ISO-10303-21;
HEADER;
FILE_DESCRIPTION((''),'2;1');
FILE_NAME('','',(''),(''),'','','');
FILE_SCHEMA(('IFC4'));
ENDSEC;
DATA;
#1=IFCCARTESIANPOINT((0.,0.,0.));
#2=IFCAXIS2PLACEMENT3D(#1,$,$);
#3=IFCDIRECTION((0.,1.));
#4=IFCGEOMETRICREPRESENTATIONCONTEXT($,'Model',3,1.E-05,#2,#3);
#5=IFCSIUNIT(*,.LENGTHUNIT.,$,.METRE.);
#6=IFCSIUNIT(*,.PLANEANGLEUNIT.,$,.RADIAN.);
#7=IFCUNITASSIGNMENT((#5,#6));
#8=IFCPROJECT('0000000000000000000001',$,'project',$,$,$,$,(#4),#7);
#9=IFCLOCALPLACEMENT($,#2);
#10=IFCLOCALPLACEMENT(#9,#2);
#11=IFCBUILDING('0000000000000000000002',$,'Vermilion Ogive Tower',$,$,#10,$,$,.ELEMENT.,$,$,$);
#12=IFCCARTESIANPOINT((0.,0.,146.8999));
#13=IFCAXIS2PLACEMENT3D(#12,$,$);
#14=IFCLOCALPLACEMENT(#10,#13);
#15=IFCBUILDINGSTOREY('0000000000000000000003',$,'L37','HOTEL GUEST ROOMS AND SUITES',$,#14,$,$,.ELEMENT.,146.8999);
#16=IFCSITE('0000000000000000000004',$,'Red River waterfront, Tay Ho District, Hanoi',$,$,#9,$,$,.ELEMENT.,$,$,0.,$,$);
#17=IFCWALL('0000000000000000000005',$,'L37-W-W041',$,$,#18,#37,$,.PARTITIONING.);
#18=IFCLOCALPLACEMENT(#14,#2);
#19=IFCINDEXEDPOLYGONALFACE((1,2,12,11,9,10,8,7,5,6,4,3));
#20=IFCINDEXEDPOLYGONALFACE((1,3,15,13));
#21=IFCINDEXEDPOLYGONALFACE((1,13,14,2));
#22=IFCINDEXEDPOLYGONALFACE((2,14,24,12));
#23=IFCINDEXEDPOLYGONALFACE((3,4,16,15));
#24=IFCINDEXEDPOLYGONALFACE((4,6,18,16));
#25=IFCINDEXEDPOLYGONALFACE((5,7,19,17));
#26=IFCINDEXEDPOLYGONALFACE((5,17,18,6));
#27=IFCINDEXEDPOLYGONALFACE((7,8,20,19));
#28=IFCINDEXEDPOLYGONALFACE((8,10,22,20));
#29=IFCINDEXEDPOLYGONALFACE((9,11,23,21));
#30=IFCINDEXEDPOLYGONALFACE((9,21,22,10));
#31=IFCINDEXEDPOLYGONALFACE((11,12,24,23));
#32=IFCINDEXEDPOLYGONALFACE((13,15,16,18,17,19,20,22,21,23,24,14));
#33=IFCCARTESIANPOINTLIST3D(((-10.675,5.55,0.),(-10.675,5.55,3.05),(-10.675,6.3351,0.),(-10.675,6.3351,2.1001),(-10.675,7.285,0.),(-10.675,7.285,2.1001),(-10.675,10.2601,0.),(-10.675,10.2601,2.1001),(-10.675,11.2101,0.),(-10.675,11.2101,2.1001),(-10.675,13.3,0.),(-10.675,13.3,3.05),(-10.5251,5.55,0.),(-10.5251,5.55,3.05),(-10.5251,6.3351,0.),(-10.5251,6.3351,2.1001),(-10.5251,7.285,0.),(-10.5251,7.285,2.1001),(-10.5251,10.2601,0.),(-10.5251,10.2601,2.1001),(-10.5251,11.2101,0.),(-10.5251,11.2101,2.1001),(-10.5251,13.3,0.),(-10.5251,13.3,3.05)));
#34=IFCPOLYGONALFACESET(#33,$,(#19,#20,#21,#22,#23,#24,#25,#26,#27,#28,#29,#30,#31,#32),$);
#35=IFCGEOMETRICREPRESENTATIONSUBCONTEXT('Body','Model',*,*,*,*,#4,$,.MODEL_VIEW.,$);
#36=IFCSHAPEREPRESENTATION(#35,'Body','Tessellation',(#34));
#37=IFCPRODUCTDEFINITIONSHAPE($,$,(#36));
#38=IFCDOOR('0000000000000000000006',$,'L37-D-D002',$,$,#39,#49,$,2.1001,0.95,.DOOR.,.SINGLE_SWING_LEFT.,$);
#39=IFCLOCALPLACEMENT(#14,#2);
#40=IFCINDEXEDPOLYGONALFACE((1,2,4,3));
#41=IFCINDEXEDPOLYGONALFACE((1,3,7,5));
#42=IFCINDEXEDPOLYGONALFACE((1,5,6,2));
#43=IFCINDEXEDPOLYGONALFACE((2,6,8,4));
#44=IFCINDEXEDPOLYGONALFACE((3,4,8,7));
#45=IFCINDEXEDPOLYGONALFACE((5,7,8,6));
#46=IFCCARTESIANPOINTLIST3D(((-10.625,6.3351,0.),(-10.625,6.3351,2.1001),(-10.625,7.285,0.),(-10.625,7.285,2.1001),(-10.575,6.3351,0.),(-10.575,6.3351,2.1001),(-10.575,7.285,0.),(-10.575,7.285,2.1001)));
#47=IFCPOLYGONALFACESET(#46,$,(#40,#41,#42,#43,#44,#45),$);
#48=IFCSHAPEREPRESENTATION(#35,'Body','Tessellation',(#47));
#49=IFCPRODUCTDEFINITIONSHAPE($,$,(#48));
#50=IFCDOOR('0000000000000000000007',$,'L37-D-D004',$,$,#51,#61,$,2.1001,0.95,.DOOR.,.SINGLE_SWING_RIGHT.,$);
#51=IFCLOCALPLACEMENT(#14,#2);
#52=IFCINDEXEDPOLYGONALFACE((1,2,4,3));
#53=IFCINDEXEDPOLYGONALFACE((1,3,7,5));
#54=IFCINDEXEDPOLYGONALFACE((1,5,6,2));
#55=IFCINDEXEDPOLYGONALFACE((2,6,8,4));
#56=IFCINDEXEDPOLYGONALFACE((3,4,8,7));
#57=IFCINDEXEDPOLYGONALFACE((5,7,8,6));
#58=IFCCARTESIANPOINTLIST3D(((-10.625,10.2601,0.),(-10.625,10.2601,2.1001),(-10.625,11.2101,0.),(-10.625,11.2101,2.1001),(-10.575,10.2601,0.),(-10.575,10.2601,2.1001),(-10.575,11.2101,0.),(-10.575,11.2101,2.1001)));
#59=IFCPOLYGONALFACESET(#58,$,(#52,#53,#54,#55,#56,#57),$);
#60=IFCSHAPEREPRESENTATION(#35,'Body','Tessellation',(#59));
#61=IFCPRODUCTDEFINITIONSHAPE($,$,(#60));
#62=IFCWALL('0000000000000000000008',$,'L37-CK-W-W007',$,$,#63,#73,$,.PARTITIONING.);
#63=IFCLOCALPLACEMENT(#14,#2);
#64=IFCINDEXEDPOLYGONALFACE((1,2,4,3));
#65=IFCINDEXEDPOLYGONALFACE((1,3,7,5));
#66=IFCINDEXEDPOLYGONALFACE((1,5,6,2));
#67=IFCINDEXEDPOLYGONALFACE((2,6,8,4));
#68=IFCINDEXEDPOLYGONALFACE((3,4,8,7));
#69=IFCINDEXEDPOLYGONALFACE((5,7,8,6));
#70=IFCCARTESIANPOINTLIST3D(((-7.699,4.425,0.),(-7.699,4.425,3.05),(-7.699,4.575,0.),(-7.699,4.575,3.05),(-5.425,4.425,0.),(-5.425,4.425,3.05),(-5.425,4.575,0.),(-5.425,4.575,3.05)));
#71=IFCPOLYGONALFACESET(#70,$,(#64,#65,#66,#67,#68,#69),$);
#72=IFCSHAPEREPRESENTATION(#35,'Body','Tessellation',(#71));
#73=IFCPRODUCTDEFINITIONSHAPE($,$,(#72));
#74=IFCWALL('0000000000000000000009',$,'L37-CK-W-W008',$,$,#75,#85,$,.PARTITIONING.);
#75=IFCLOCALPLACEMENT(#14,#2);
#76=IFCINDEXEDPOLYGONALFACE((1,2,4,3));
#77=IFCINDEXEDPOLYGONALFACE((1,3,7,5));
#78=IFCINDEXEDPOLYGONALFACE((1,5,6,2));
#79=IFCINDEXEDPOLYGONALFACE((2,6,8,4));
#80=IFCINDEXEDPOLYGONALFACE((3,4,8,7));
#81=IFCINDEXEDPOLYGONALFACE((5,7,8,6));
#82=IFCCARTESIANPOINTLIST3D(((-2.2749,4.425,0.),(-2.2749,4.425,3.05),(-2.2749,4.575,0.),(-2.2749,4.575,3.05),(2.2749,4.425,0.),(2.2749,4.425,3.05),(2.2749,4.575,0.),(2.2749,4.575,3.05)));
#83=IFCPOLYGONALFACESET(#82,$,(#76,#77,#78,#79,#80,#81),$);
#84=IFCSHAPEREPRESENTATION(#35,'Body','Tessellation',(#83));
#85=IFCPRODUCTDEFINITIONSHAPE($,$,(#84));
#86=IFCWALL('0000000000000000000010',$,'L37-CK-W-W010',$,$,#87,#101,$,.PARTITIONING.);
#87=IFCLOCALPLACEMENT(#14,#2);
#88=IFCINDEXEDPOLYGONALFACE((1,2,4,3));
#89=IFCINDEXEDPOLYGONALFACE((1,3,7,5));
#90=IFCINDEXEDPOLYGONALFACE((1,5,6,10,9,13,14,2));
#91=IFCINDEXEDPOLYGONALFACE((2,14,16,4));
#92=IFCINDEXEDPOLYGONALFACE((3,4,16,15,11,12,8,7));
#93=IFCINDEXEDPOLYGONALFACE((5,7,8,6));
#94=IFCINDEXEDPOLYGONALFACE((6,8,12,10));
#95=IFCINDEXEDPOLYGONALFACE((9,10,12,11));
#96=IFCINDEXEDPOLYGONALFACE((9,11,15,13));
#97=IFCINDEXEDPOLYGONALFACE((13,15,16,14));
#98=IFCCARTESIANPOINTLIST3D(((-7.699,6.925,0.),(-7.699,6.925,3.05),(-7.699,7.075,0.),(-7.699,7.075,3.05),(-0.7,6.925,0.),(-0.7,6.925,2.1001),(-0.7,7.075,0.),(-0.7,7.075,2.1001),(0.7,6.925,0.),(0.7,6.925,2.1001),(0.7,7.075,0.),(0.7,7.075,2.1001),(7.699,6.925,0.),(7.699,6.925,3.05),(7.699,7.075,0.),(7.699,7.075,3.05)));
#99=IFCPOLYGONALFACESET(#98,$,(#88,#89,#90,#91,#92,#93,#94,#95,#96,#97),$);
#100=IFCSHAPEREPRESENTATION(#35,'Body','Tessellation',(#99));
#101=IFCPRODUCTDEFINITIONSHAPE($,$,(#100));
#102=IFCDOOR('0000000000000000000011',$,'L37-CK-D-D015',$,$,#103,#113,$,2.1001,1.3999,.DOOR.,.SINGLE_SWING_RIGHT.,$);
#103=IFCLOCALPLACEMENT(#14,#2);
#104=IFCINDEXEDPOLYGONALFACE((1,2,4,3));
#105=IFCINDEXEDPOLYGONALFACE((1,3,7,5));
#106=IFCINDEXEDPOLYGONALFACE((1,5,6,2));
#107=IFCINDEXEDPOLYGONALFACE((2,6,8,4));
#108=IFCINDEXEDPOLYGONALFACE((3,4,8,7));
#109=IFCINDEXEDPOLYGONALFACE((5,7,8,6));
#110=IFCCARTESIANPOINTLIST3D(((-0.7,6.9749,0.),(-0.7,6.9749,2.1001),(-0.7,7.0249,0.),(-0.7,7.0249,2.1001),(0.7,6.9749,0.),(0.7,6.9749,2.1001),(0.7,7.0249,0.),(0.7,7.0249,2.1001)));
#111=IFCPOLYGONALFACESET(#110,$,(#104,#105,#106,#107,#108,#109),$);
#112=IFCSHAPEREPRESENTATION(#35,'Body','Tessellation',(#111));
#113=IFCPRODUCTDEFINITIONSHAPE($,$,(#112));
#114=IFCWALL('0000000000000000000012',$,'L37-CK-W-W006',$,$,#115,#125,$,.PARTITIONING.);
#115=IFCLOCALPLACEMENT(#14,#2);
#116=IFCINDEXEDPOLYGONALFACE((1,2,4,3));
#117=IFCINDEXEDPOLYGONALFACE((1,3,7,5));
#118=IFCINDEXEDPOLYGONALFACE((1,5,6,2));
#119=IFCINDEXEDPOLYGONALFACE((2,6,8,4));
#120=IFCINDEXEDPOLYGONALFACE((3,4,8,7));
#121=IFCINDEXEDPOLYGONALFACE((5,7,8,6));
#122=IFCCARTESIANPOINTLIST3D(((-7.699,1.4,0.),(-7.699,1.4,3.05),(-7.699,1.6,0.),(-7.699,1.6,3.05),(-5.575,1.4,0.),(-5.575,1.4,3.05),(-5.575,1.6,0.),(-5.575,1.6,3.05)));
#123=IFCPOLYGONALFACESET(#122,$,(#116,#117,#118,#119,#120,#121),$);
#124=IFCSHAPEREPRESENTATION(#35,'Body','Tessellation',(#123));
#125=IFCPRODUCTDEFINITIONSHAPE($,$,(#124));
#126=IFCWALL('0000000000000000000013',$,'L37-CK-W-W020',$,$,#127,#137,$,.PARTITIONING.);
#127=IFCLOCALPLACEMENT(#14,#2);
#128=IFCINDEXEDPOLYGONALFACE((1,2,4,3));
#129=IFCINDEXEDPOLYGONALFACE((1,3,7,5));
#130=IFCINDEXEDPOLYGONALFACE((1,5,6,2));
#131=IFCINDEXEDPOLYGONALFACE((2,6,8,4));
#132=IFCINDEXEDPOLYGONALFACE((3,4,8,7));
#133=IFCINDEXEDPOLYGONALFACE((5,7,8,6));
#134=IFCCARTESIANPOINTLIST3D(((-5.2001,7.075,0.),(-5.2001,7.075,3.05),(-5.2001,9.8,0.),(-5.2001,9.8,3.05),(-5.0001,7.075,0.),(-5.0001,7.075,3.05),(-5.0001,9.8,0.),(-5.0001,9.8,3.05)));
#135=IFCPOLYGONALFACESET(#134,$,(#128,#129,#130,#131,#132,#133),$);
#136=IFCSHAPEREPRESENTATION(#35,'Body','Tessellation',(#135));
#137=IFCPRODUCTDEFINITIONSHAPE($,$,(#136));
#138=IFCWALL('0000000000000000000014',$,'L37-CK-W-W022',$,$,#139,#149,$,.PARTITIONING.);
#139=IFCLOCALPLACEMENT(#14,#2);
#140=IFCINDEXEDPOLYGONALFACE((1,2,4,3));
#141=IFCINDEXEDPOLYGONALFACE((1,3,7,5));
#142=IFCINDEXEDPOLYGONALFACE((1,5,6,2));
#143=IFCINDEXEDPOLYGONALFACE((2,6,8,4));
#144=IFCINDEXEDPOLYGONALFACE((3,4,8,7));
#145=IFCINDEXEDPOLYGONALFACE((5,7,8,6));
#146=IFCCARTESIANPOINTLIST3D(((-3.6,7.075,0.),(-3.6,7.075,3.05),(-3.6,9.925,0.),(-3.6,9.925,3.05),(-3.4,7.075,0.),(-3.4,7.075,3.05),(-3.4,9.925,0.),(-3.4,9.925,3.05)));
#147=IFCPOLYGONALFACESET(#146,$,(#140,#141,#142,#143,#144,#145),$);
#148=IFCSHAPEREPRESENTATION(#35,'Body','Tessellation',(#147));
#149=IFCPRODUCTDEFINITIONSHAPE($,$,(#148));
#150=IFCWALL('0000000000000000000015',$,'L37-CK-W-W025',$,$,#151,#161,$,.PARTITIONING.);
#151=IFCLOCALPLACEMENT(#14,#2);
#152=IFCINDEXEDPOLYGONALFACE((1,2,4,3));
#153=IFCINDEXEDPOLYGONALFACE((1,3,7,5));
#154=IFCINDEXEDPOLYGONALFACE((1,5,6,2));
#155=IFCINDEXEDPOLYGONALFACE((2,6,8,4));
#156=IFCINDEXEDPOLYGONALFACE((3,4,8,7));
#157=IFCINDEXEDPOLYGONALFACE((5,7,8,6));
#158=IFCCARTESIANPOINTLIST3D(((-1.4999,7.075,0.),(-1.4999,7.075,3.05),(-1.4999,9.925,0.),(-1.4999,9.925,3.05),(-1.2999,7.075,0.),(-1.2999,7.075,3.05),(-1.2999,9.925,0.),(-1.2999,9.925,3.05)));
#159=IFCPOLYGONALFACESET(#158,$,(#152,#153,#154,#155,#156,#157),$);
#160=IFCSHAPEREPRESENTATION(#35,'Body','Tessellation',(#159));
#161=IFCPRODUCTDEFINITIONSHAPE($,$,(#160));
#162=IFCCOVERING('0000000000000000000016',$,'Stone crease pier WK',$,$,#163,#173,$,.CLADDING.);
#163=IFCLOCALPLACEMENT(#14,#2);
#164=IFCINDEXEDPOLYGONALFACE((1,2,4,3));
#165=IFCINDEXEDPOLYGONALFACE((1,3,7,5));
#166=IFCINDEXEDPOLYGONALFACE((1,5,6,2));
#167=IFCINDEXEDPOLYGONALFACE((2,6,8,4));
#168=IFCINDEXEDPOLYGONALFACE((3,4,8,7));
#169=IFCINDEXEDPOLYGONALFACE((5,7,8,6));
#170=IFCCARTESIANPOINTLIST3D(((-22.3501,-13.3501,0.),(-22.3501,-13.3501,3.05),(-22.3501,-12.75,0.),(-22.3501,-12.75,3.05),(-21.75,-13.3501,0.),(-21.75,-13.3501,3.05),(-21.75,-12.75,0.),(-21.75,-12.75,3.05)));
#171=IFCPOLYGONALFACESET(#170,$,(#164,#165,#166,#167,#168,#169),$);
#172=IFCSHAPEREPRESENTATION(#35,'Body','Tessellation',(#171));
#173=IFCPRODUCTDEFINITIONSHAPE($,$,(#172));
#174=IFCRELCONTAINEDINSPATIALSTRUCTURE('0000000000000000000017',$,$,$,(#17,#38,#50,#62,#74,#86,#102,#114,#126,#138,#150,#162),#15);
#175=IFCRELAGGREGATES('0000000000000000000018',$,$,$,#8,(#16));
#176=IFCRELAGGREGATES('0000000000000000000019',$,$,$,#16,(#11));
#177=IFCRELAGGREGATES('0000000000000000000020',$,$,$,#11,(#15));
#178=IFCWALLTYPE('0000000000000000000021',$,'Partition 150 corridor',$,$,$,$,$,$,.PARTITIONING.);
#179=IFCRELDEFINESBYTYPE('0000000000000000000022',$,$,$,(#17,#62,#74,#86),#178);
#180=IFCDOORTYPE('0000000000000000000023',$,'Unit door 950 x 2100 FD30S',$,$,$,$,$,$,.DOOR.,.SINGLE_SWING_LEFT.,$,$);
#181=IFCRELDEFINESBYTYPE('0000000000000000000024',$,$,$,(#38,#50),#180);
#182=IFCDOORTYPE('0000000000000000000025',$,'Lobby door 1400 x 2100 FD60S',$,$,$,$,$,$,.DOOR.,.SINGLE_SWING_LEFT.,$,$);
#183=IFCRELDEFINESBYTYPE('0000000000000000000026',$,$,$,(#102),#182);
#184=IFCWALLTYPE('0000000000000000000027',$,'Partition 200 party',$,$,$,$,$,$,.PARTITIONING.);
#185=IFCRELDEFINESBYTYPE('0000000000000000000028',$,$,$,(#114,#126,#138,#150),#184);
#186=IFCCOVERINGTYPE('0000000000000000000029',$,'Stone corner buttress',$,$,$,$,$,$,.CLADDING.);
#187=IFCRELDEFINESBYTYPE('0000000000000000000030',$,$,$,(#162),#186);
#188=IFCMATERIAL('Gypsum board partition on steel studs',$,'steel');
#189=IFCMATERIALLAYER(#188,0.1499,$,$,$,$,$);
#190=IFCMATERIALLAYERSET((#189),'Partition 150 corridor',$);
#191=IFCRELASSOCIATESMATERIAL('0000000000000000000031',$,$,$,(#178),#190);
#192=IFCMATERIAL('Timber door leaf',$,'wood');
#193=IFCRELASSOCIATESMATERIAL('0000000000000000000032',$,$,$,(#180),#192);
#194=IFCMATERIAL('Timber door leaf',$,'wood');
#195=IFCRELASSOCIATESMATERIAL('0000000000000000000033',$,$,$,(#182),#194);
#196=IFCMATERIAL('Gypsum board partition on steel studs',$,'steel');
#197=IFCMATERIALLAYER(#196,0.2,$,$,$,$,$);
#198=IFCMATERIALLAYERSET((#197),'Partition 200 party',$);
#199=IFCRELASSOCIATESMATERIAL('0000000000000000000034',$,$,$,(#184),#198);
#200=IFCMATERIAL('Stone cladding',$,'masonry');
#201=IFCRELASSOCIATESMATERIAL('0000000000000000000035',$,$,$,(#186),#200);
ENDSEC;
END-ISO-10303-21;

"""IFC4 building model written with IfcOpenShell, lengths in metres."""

from ifc_helpers import new_model, si_unit, direction, frame, frame_2d, origin, place, context, subcontext, project, spatial, polyline, rectangle, outline, extrude, material, layer, layer_set, type_object, element, fill, save


model = new_model("IFC4")

# Units and contexts
model_context = context("Model", 3, precision=1e-05, world=origin(), true_north=direction((0.0, 1.0)))
body_context = subcontext(model_context, "Body", "Model", "MODEL_VIEW")
ifc_project = project(units=[si_unit("LENGTHUNIT", "METRE"), si_unit("PLANEANGLEUNIT", "RADIAN")], contexts=[model_context])

# Site, building, storey
site_placement = place(None, origin())
site = spatial("IfcSite", under=ifc_project, at=site_placement, Name="Red River waterfront, Tay Ho District, Hanoi", CompositionType="ELEMENT", RefElevation=0.0)
building_placement = place(site_placement, origin())
building = spatial("IfcBuilding", under=site, at=building_placement, Name="Vermilion Ogive Tower", CompositionType="ELEMENT")
storey_placement = place(building_placement, frame((0.0, 0.0, 146.8999)))
storey = spatial("IfcBuildingStorey", under=building, at=storey_placement, Name="L37", Description="HOTEL GUEST ROOMS AND SUITES", CompositionType="ELEMENT", Elevation=146.8999)

# Wall, openings, doors
ifc_material_1 = material(Name="Gypsum board partition on steel studs", Category="steel")
ifc_layer_1 = layer(ifc_material_1, 0.1499)
ifc_layer_set_1 = layer_set([ifc_layer_1], Name="Partition 150 corridor")
wall_type_1 = type_object("IfcWallType", Name="Partition 150 corridor", PredefinedType="PARTITIONING", material=ifc_layer_set_1)
wall_1_placement = place(storey_placement, frame((-10.6001, 5.55, 0.0), z_axis=(0.0, 0.0, 1.0), x_axis=(0.0, 1.0, 0.0)))
wall_1 = element("IfcWall", 1, at=wall_1_placement, inside=storey, type_object=wall_type_1, Name="L37-W-W041", PredefinedType="PARTITIONING", context=body_context, shape_type="SweptSolid", body=[
    extrude(rectangle(XDim=7.75, YDim=0.1499, at=frame_2d((3.875, 0.0))), origin(), (0.0, 0.0, 1.0), 3.05),
])
opening_1_placement = place(wall_1_placement, frame((0.7849, 0.0, 0.0)))
opening_1 = element("IfcOpeningElement", 2, at=opening_1_placement, cuts=wall_1, PredefinedType="OPENING", context=body_context, shape_type="SweptSolid", body=[
    extrude(rectangle(XDim=0.95, YDim=2.1001, at=frame_2d((0.4751, 1.05))), frame((0.0, 0.085, 0.0), z_axis=(0.0, -1.0, 0.0), x_axis=(1.0, 0.0, 0.0)), (0.0, 0.0, 1.0), 0.1699),
])
opening_2_placement = place(wall_1_placement, frame((4.71, 0.0, 0.0)))
opening_2 = element("IfcOpeningElement", 3, at=opening_2_placement, cuts=wall_1, PredefinedType="OPENING", context=body_context, shape_type="SweptSolid", body=[
    extrude(rectangle(XDim=0.95, YDim=2.1001, at=frame_2d((0.4751, 1.05))), frame((0.0, 0.085, 0.0), z_axis=(0.0, -1.0, 0.0), x_axis=(1.0, 0.0, 0.0)), (0.0, 0.0, 1.0), 0.1699),
])
ifc_material_2 = material(Name="Timber door leaf", Category="wood")
door_type_1 = type_object("IfcDoorType", Name="Unit door 950 x 2100 FD30S", OperationType="SINGLE_SWING_LEFT", PredefinedType="DOOR", material=ifc_material_2)
door_1_placement = place(opening_1_placement, origin())
door_1 = element("IfcDoor", 4, at=door_1_placement, inside=storey, type_object=door_type_1, Name="L37-D-D002", OperationType="SINGLE_SWING_LEFT", OverallHeight=2.1001, OverallWidth=0.95, PredefinedType="DOOR", context=body_context, shape_type="SweptSolid", body=[
    extrude(rectangle(XDim=0.95, YDim=2.1001, at=frame_2d((0.4751, 1.05))), frame((0.0, 0.0249, 0.0), z_axis=(0.0, -1.0, 0.0), x_axis=(1.0, 0.0, 0.0)), (0.0, 0.0, 1.0), 0.05),
])
fill(opening_1, door_1)
door_2_placement = place(opening_2_placement, origin())
door_2 = element("IfcDoor", 5, at=door_2_placement, inside=storey, type_object=door_type_1, Name="L37-D-D004", OperationType="SINGLE_SWING_RIGHT", OverallHeight=2.1001, OverallWidth=0.95, PredefinedType="DOOR", context=body_context, shape_type="SweptSolid", body=[
    extrude(rectangle(XDim=0.95, YDim=2.1001, at=frame_2d((0.4751, 1.05))), frame((0.0, 0.0249, 0.0), z_axis=(0.0, -1.0, 0.0), x_axis=(1.0, 0.0, 0.0)), (0.0, 0.0, 1.0), 0.05),
])
fill(opening_2, door_2)

# Walls
wall_2_placement = place(storey_placement, frame((-7.699, 4.5, 0.0), z_axis=(0.0, 0.0, 1.0), x_axis=(1.0, 0.0, 0.0)))
element("IfcWall", 6, at=wall_2_placement, inside=storey, type_object=wall_type_1, Name="L37-CK-W-W007", PredefinedType="PARTITIONING", context=body_context, shape_type="SweptSolid", body=[
    extrude(rectangle(XDim=2.2739, YDim=0.1499, at=frame_2d((1.137, 0.0))), origin(), (0.0, 0.0, 1.0), 3.05),
])
wall_3_placement = place(storey_placement, frame((-2.2749, 4.5, 0.0), z_axis=(0.0, 0.0, 1.0), x_axis=(1.0, 0.0, 0.0)))
element("IfcWall", 7, at=wall_3_placement, inside=storey, type_object=wall_type_1, Name="L37-CK-W-W008", PredefinedType="PARTITIONING", context=body_context, shape_type="SweptSolid", body=[
    extrude(rectangle(XDim=4.5498, YDim=0.1499, at=frame_2d((2.2749, 0.0))), origin(), (0.0, 0.0, 1.0), 3.05),
])

# Wall, opening, door
wall_4_placement = place(storey_placement, frame((-7.699, 7.0, 0.0), z_axis=(0.0, 0.0, 1.0), x_axis=(1.0, 0.0, 0.0)))
wall_4 = element("IfcWall", 8, at=wall_4_placement, inside=storey, type_object=wall_type_1, Name="L37-CK-W-W010", PredefinedType="PARTITIONING", context=body_context, shape_type="SweptSolid", body=[
    extrude(rectangle(XDim=15.3979, YDim=0.1499, at=frame_2d((7.699, 0.0))), origin(), (0.0, 0.0, 1.0), 3.05),
])
opening_3_placement = place(wall_4_placement, frame((6.999, 0.0, 0.0)))
opening_3 = element("IfcOpeningElement", 9, at=opening_3_placement, cuts=wall_4, PredefinedType="OPENING", context=body_context, shape_type="SweptSolid", body=[
    extrude(rectangle(XDim=1.3999, YDim=2.1001, at=frame_2d((0.7, 1.05))), frame((0.0, 0.085, 0.0), z_axis=(0.0, -1.0, 0.0), x_axis=(1.0, 0.0, 0.0)), (0.0, 0.0, 1.0), 0.1699),
])
ifc_material_3 = material(Name="Timber door leaf", Category="wood")
door_type_2 = type_object("IfcDoorType", Name="Lobby door 1400 x 2100 FD60S", OperationType="SINGLE_SWING_LEFT", PredefinedType="DOOR", material=ifc_material_3)
door_3_placement = place(opening_3_placement, origin())
door_3 = element("IfcDoor", 10, at=door_3_placement, inside=storey, type_object=door_type_2, Name="L37-CK-D-D015", OperationType="SINGLE_SWING_RIGHT", OverallHeight=2.1001, OverallWidth=1.3999, PredefinedType="DOOR", context=body_context, shape_type="SweptSolid", body=[
    extrude(rectangle(XDim=1.3999, YDim=2.1001, at=frame_2d((0.7, 1.05))), frame((0.0, 0.0249, 0.0), z_axis=(0.0, -1.0, 0.0), x_axis=(1.0, 0.0, 0.0)), (0.0, 0.0, 1.0), 0.05),
])
fill(opening_3, door_3)

# Walls
ifc_material_4 = material(Name="Gypsum board partition on steel studs", Category="steel")
ifc_layer_2 = layer(ifc_material_4, 0.2)
ifc_layer_set_2 = layer_set([ifc_layer_2], Name="Partition 200 party")
wall_type_2 = type_object("IfcWallType", Name="Partition 200 party", PredefinedType="PARTITIONING", material=ifc_layer_set_2)
wall_5_placement = place(storey_placement, frame((-7.699, 1.5, 0.0), z_axis=(0.0, 0.0, 1.0), x_axis=(1.0, 0.0, 0.0)))
element("IfcWall", 11, at=wall_5_placement, inside=storey, type_object=wall_type_2, Name="L37-CK-W-W006", PredefinedType="PARTITIONING", context=body_context, shape_type="SweptSolid", body=[
    extrude(rectangle(XDim=2.124, YDim=0.2, at=frame_2d((1.062, 0.0))), origin(), (0.0, 0.0, 1.0), 3.05),
])
wall_6_placement = place(storey_placement, frame((-5.1001, 7.075, 0.0), z_axis=(0.0, 0.0, 1.0), x_axis=(0.0, 1.0, 0.0)))
element("IfcWall", 12, at=wall_6_placement, inside=storey, type_object=wall_type_2, Name="L37-CK-W-W020", PredefinedType="PARTITIONING", context=body_context, shape_type="SweptSolid", body=[
    extrude(rectangle(XDim=2.7251, YDim=0.2, at=frame_2d((1.3625, 0.0))), origin(), (0.0, 0.0, 1.0), 3.05),
])
for number, where, z_axis, x_axis, name in (
    (13, (-3.5, 7.075, 0.0), (0.0, 0.0, 1.0), (0.0, 1.0, 0.0), "L37-CK-W-W022"),
    (14, (-1.3999, 7.075, 0.0), (0.0, 0.0, 1.0), (0.0, 1.0, 0.0), "L37-CK-W-W025"),
):
    element("IfcWall", number, at=place(storey_placement, frame(where, z_axis=z_axis, x_axis=x_axis)), inside=storey, type_object=wall_type_2, Name=name, PredefinedType="PARTITIONING", context=body_context, shape_type="SweptSolid", body=[
        extrude(rectangle(XDim=2.8501, YDim=0.2, at=frame_2d((1.425, 0.0))), origin(), (0.0, 0.0, 1.0), 3.05),
    ])

# Covering
ifc_material_5 = material(Name="Stone cladding", Category="masonry")
covering_type_1 = type_object("IfcCoveringType", Name="Stone corner buttress", PredefinedType="CLADDING", material=ifc_material_5)
covering_1_placement = place(storey_placement, origin())
element("IfcCovering", 15, at=covering_1_placement, inside=storey, type_object=covering_type_1, Name="Stone crease pier WK", PredefinedType="CLADDING", context=body_context, shape_type="SweptSolid", body=[
    extrude(outline(polyline([(-22.3501, -12.75), (-22.3501, -13.3501), (-21.75, -13.3501), (-21.75, -12.75), (-22.3501, -12.75)])), origin(), (0.0, 0.0, 1.0), 3.05),
])

save(model, "model.ifc")
